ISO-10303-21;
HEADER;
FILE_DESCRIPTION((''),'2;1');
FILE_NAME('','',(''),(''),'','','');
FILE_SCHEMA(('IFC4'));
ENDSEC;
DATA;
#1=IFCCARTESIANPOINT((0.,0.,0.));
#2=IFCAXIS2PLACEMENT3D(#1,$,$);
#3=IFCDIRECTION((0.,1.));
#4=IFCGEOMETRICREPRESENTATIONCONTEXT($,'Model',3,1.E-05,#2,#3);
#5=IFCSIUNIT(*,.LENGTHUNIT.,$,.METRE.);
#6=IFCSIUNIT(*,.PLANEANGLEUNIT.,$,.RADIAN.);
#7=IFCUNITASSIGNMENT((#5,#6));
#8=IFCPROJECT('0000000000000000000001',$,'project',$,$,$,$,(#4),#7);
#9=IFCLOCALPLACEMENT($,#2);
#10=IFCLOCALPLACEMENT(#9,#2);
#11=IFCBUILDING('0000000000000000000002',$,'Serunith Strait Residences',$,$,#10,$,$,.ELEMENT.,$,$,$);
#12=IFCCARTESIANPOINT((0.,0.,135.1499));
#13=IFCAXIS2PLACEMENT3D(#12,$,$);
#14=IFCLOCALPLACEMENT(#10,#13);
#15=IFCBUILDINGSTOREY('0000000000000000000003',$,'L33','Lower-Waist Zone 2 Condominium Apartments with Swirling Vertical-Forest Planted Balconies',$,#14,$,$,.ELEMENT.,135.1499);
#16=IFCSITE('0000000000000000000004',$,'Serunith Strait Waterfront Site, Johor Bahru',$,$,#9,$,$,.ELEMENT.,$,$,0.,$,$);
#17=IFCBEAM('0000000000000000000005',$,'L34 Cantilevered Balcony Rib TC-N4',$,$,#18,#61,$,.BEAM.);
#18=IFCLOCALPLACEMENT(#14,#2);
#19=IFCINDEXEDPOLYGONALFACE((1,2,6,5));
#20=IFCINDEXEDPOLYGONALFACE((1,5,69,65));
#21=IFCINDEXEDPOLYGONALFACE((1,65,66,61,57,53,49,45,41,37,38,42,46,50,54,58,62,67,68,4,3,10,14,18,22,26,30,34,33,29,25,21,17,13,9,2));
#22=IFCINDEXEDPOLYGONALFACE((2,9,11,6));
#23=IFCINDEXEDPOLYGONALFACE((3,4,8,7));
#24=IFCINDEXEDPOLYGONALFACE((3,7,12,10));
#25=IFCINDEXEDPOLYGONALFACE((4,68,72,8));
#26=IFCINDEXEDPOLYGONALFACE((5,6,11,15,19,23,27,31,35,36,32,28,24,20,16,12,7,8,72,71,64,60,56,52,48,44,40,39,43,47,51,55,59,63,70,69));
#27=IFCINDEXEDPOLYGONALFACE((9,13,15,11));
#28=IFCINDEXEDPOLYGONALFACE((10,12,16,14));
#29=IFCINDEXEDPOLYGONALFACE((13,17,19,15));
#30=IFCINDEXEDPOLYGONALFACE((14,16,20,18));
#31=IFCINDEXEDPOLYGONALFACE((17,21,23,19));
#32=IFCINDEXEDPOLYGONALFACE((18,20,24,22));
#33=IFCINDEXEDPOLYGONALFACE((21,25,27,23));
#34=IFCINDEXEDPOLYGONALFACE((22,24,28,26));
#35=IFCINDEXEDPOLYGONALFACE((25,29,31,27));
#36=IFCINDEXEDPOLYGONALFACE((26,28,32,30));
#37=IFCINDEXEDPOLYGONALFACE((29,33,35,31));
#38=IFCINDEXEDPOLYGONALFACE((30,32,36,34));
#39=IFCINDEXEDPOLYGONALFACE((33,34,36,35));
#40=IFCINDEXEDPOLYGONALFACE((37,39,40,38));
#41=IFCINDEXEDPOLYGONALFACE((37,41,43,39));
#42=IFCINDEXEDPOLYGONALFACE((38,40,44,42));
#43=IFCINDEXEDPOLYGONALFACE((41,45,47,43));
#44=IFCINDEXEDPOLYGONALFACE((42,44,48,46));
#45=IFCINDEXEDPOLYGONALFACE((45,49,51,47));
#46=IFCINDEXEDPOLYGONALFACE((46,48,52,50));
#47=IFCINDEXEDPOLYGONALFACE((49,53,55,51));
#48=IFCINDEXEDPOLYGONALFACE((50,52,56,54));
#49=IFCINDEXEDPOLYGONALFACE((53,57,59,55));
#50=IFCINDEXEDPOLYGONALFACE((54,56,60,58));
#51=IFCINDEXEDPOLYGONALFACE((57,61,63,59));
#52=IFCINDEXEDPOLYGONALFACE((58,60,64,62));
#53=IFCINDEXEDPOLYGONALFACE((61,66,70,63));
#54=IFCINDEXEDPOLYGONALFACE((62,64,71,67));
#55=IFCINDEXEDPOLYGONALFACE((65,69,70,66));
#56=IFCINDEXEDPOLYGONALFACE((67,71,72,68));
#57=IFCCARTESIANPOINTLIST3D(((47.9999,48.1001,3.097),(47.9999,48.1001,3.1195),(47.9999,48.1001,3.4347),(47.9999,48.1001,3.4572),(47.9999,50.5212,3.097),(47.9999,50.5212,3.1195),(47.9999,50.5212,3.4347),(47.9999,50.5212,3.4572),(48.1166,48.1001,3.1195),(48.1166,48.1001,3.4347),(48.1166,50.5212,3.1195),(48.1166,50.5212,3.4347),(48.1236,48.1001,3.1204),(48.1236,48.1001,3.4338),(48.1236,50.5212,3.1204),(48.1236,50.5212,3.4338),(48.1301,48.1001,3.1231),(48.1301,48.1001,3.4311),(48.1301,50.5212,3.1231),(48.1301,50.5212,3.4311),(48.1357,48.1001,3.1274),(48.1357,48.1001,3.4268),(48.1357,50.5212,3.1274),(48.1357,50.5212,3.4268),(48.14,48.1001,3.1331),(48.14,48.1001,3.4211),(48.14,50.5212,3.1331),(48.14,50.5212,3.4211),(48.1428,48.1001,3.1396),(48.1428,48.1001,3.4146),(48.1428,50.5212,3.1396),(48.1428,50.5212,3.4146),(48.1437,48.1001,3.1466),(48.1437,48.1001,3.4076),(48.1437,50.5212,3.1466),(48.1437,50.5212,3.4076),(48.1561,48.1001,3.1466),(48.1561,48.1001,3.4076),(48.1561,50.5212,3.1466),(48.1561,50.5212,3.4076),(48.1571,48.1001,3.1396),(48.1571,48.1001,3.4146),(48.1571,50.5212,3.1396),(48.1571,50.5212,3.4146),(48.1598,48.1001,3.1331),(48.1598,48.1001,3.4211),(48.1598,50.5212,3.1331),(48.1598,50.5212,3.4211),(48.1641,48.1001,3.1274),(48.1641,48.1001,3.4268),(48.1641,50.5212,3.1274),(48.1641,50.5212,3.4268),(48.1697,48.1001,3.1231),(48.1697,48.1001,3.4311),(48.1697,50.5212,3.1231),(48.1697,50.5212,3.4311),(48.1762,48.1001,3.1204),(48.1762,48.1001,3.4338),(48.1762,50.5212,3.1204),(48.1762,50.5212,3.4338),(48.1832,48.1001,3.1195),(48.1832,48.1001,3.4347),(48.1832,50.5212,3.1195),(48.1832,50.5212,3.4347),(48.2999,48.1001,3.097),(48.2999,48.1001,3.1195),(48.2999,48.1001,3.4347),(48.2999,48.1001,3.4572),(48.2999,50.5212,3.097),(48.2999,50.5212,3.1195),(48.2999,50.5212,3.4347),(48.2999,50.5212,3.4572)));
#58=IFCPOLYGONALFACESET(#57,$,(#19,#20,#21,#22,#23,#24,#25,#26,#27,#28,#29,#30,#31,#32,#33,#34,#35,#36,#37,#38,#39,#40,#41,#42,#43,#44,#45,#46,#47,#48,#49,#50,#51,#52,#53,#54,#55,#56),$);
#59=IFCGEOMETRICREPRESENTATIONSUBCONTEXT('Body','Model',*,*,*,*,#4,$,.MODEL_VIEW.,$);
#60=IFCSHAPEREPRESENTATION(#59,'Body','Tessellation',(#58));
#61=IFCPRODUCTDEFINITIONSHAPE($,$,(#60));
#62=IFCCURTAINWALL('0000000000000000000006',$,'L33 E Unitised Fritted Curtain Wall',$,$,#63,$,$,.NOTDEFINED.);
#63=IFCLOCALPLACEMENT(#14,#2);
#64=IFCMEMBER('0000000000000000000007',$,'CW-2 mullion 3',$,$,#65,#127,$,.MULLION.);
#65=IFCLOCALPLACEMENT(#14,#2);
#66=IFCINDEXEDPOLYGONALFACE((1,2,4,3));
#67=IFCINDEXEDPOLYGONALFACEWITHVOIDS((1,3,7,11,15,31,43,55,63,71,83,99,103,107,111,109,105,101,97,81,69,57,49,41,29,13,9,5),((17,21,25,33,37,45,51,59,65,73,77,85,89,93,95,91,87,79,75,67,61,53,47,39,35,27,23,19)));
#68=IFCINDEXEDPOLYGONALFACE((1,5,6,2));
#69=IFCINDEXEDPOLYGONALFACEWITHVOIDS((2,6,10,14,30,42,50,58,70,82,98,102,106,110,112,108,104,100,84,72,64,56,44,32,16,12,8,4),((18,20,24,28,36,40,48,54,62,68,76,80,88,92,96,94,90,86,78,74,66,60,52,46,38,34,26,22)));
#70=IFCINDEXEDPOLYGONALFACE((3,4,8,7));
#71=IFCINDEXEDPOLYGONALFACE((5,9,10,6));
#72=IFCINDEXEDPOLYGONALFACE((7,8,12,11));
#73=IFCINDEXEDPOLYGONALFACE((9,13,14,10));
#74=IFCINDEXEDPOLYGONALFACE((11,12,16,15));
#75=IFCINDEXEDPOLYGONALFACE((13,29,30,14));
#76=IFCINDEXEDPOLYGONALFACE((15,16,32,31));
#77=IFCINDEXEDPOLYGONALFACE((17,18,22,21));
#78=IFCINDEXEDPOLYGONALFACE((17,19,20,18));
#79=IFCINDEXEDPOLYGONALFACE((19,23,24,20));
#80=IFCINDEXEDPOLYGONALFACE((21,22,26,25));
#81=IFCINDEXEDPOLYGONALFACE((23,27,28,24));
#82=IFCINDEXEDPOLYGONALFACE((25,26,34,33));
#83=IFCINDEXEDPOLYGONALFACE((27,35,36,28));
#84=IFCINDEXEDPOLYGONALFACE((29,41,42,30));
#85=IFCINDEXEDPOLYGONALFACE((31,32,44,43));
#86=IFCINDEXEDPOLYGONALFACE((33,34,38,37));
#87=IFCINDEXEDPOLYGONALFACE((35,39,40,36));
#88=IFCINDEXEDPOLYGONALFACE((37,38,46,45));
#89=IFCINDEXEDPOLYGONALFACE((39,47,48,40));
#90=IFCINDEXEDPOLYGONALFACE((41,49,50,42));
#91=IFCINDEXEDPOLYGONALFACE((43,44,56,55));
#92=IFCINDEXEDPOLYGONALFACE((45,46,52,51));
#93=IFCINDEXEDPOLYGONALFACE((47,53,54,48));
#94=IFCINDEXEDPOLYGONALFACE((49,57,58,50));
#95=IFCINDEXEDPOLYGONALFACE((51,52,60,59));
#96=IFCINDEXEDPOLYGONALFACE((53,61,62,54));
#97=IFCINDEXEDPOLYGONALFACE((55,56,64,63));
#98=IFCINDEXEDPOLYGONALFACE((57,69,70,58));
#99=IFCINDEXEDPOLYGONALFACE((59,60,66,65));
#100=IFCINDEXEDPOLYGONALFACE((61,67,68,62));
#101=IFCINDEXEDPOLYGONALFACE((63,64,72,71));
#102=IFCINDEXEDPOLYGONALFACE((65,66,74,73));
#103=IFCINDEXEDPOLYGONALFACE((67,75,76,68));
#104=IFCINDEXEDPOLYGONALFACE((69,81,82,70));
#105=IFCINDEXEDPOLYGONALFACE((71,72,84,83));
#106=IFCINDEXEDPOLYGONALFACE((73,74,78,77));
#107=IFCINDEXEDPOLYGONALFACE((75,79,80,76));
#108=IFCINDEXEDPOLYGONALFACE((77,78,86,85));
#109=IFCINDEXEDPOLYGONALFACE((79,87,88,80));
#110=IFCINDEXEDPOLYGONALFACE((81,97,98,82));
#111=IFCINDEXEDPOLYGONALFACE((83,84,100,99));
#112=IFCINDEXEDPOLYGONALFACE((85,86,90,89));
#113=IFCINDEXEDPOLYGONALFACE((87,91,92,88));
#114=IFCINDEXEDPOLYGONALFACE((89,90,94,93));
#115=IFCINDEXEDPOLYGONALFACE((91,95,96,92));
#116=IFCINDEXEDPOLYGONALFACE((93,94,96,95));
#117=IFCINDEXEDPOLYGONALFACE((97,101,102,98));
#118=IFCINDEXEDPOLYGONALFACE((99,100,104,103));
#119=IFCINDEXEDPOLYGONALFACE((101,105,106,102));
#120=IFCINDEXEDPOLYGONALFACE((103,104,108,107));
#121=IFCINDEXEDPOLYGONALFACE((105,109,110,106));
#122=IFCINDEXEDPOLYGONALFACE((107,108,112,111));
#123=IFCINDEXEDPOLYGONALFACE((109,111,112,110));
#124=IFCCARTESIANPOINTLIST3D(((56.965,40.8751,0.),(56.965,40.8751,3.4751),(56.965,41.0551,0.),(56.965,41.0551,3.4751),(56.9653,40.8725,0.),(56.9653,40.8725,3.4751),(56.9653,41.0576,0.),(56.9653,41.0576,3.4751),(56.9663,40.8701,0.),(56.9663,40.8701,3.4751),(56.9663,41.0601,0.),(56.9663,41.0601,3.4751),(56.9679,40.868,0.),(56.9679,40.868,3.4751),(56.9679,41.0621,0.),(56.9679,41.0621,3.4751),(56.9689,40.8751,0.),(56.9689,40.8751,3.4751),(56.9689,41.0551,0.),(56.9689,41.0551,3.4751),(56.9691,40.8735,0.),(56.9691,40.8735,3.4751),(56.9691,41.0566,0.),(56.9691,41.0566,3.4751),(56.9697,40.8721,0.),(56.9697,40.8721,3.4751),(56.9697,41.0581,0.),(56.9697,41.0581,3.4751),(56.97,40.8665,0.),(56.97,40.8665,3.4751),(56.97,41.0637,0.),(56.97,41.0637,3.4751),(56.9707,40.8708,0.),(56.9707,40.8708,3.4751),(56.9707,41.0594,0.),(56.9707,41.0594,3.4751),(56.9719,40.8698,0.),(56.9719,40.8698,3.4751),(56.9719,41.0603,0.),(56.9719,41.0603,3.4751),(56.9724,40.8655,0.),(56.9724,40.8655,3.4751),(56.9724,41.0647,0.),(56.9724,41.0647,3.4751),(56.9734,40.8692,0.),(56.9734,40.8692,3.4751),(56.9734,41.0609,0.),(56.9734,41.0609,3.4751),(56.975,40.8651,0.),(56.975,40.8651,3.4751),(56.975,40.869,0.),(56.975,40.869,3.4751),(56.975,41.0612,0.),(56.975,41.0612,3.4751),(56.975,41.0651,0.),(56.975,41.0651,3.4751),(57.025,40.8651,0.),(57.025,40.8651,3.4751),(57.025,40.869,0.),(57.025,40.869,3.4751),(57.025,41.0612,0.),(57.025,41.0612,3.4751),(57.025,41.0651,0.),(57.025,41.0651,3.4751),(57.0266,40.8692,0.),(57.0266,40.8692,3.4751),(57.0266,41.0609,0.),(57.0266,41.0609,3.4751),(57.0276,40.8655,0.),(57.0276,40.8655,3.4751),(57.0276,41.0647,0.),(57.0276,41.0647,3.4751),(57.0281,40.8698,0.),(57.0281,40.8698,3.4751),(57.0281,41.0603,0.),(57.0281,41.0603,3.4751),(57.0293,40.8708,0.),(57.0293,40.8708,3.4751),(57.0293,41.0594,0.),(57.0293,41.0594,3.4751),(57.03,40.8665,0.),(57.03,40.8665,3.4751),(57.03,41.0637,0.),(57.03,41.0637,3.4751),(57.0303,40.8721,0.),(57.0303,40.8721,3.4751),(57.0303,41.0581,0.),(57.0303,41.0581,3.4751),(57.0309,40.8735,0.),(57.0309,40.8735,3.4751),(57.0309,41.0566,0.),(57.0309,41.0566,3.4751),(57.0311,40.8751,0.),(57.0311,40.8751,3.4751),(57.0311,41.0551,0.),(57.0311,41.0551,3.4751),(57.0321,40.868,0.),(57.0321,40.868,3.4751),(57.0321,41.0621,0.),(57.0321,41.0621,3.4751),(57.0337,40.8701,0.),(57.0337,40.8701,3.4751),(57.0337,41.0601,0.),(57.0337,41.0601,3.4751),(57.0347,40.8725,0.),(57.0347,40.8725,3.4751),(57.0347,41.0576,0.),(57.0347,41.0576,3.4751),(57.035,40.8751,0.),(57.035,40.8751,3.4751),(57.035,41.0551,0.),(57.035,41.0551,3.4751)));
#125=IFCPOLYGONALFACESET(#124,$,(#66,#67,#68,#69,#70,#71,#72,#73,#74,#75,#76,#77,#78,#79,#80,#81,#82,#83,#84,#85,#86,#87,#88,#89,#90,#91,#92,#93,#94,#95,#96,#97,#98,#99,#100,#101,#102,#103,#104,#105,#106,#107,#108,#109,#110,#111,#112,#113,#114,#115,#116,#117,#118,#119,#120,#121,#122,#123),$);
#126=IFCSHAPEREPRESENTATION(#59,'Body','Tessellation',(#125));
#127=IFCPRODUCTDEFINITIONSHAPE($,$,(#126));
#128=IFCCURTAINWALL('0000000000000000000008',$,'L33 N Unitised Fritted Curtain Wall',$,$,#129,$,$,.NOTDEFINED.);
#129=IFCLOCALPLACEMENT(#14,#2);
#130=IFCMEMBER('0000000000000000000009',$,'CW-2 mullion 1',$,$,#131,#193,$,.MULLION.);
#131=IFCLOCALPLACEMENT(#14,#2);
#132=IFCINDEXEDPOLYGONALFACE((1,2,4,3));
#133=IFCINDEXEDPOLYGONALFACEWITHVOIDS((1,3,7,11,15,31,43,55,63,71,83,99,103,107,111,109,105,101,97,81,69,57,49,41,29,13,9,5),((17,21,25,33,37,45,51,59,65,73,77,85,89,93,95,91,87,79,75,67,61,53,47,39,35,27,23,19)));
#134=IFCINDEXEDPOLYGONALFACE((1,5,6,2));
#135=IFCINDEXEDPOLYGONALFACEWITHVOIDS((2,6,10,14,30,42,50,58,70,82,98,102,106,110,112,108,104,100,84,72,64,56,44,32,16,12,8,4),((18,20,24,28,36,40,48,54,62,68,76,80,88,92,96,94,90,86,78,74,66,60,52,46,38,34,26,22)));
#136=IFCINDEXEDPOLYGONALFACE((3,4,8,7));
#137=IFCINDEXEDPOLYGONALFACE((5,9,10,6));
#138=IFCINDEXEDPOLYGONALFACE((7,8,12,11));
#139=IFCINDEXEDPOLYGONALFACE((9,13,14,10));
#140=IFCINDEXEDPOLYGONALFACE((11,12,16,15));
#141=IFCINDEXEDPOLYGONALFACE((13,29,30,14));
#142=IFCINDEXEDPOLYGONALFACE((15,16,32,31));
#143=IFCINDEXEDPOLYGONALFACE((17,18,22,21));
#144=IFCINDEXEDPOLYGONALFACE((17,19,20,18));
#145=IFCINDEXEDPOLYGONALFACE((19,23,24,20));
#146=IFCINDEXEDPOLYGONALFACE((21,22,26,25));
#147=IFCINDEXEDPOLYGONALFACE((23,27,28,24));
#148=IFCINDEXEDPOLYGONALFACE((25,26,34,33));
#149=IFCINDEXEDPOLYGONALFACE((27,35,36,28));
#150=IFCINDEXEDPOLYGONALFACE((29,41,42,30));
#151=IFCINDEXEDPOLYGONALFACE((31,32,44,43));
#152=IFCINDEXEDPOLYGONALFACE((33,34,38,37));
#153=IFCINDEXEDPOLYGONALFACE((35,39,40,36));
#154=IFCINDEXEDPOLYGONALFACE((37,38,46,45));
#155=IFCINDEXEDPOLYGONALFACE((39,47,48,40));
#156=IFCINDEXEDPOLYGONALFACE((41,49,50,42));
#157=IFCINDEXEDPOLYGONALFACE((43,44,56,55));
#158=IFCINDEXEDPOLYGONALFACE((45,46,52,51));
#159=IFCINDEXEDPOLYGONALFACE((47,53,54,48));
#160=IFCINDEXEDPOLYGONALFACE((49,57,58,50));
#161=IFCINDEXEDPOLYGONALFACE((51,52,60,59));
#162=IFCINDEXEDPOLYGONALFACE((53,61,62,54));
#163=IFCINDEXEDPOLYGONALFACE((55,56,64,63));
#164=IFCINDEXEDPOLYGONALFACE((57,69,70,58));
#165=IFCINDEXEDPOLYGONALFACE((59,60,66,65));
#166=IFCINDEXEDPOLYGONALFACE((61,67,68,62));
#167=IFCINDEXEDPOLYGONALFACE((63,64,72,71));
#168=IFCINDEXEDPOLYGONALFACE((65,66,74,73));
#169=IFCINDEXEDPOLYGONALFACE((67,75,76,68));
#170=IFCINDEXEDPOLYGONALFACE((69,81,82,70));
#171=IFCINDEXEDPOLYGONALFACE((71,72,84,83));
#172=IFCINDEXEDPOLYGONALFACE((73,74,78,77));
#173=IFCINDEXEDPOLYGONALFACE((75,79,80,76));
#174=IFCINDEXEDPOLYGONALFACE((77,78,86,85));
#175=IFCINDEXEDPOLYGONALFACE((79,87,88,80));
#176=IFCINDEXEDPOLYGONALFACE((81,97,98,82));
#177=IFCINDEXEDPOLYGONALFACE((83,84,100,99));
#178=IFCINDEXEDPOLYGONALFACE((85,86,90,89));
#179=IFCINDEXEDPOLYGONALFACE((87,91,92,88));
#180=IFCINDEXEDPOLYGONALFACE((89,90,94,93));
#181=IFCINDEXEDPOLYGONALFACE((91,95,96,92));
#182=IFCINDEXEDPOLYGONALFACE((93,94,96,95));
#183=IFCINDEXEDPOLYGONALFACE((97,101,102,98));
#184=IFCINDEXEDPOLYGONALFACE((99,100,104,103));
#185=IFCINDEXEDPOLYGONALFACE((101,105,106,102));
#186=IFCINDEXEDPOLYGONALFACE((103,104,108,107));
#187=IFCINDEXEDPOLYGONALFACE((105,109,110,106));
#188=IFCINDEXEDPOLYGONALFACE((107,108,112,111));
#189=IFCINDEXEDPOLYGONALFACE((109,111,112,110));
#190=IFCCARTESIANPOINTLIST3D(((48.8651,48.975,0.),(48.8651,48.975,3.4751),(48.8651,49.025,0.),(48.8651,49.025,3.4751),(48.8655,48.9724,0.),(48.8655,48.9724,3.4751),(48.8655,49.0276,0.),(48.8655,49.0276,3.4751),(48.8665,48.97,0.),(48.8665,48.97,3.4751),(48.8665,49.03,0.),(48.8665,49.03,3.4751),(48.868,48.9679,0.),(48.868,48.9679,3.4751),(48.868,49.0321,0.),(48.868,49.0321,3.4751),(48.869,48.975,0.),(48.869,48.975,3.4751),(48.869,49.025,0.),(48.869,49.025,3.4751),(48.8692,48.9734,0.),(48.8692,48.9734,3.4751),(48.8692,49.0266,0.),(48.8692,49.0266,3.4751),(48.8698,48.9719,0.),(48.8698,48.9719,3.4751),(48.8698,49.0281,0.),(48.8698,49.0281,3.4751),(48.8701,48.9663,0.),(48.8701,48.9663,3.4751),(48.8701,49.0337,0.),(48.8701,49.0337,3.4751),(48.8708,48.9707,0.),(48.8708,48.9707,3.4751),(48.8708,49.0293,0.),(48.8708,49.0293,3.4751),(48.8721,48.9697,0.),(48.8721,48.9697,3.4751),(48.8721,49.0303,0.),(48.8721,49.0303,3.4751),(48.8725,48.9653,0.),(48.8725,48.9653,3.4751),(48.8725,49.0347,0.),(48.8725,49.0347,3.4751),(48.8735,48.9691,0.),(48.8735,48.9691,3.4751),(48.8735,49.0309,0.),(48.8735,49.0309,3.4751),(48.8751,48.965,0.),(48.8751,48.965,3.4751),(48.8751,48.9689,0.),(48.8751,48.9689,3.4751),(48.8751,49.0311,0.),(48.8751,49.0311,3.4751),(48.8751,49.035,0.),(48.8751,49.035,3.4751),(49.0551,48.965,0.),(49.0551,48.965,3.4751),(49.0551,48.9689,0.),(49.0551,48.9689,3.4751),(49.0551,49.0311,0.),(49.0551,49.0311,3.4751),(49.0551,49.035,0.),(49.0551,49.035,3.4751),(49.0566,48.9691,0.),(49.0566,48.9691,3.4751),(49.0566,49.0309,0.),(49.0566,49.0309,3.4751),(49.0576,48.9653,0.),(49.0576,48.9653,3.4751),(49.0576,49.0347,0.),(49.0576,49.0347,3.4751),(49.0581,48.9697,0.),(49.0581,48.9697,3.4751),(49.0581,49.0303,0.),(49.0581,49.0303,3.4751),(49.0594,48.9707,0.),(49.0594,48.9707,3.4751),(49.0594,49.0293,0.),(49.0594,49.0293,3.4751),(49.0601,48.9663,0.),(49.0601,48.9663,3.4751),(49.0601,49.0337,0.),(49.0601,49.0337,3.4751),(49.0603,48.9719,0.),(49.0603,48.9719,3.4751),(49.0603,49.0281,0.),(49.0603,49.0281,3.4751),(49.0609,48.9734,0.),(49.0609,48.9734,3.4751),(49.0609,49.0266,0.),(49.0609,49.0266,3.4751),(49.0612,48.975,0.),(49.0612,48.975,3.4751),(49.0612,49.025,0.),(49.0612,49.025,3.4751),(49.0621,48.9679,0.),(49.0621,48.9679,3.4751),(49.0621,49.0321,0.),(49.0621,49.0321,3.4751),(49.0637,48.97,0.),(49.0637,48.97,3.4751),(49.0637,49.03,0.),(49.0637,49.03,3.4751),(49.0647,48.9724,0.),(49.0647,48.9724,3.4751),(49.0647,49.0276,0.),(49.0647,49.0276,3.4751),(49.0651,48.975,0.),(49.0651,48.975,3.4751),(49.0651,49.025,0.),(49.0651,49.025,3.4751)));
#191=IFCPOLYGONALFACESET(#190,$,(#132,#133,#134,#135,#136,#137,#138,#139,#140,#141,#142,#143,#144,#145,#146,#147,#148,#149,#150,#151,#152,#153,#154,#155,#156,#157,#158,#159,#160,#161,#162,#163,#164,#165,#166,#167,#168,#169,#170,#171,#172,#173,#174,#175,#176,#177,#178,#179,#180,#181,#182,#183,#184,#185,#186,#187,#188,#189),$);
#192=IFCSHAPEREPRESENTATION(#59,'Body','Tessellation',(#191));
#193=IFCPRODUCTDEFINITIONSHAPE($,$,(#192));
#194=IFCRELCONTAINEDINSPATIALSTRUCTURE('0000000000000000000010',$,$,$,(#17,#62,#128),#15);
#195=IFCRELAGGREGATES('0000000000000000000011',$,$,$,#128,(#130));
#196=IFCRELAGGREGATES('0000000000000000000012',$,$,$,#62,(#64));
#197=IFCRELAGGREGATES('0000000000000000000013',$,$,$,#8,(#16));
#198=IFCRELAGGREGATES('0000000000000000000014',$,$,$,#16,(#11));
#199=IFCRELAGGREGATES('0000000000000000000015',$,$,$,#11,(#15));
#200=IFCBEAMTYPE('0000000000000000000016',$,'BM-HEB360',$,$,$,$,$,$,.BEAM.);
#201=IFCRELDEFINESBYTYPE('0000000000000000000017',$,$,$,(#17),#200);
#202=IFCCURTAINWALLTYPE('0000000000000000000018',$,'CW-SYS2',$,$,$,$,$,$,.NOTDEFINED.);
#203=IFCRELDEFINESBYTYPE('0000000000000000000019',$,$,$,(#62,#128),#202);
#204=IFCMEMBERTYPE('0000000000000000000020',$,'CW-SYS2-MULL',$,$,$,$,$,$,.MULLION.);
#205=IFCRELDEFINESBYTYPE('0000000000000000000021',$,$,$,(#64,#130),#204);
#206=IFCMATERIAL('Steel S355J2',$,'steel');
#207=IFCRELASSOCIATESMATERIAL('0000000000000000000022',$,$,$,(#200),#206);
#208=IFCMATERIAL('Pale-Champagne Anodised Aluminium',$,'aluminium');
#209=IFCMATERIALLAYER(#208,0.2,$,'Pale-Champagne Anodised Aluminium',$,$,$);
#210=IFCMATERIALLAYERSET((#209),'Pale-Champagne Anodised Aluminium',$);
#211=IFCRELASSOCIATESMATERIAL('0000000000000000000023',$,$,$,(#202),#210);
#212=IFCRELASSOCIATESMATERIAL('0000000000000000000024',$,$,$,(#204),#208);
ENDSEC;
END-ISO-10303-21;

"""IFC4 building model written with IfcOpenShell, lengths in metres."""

from ifc_helpers import new_model, si_unit, direction, frame, origin, origin_2d, place, context, subcontext, project, spatial, hollow_rectangle, i_section, extrude, source, transform, mapped, material, layer, layer_set, material_profile, profile_set, type_object, element, aggregate, save


model = new_model("IFC4")

# Units and contexts
model_context = context("Model", 3, precision=1e-05, world=origin(), true_north=direction((0.0, 1.0)))
body_context = subcontext(model_context, "Body", "Model", "MODEL_VIEW")
ifc_project = project(units=[si_unit("LENGTHUNIT", "METRE"), si_unit("PLANEANGLEUNIT", "RADIAN")], contexts=[model_context])

# Site, building, storey
site_placement = place(None, origin())
site = spatial("IfcSite", under=ifc_project, at=site_placement, Name="Serunith Strait Waterfront Site, Johor Bahru", CompositionType="ELEMENT", RefElevation=0.0)
building_placement = place(site_placement, origin())
building = spatial("IfcBuilding", under=site, at=building_placement, Name="Serunith Strait Residences", CompositionType="ELEMENT")
storey_placement = place(building_placement, frame((0.0, 0.0, 135.1499)))
storey = spatial("IfcBuildingStorey", under=building, at=storey_placement, Name="L33", Description="Lower-Waist Zone 2 Condominium Apartments with Swirling Vertical-Forest Planted Balconies", CompositionType="ELEMENT", Elevation=135.1499)

# Beam
ifc_material_1 = material(Name="Steel S355J2", Category="steel")
ifc_material_profile_1 = material_profile(ifc_material_1, i_section(OverallWidth=0.3, OverallDepth=0.3601, WebThickness=0.0125, FlangeThickness=0.0225, FilletRadius=0.0271, at=origin_2d()), Name="HEB 360")
ifc_profile_set_1 = profile_set([ifc_material_profile_1], Name="Steel S355J2")
beam_type_1 = type_object("IfcBeamType", Name="BM-HEB360", PredefinedType="BEAM", material=ifc_profile_set_1)
shared_shape_1 = source(origin(), body_context, "Body", "SweptSolid", [
    extrude(i_section(OverallWidth=0.3, OverallDepth=0.3601, WebThickness=0.0125, FlangeThickness=0.0225, FilletRadius=0.0271, at=origin_2d()), origin(), (0.0, 0.0, 1.0), 2.4211),
])
beam_1_placement = place(storey_placement, frame((48.1499, 48.1001, 3.2771), z_axis=(0.0, 1.0, 0.0), x_axis=(-1.0, 0.0, 0.0)))
element("IfcBeam", 1, at=beam_1_placement, inside=storey, type_object=beam_type_1, Name="L34 Cantilevered Balcony Rib TC-N4", PredefinedType="BEAM", context=body_context, shape_type="MappedRepresentation", body=[
    mapped(shared_shape_1, transform((0.0, 0.0, 0.0), scale=1.0)),
])

# Curtain wall, member
ifc_material_2 = material(Name="Pale-Champagne Anodised Aluminium", Category="aluminium")
ifc_layer_1 = layer(ifc_material_2, 0.2, Name="Pale-Champagne Anodised Aluminium")
ifc_layer_set_1 = layer_set([ifc_layer_1], Name="Pale-Champagne Anodised Aluminium")
curtain_wall_type = type_object("IfcCurtainWallType", Name="CW-SYS2", PredefinedType="NOTDEFINED", material=ifc_layer_set_1)
curtain_wall_1_placement = place(storey_placement, origin())
curtain_wall_1 = element("IfcCurtainWall", 2, at=curtain_wall_1_placement, inside=storey, type_object=curtain_wall_type, Name="L33 E Unitised Fritted Curtain Wall", PredefinedType="NOTDEFINED")
ifc_material_profile_2 = material_profile(ifc_material_2, hollow_rectangle(XDim=0.0701, YDim=0.2, WallThickness=0.0039, InnerFilletRadius=0.0061, OuterFilletRadius=0.01, at=origin_2d()), Name="ALU 200x70x4")
ifc_profile_set_2 = profile_set([ifc_material_profile_2], Name="Pale-Champagne Anodised Aluminium")
member_type_1 = type_object("IfcMemberType", Name="CW-SYS2-MULL", PredefinedType="MULLION", material=ifc_profile_set_2)
shared_shape_2 = source(origin(), body_context, "Body", "SweptSolid", [
    extrude(hollow_rectangle(XDim=0.0701, YDim=0.2, WallThickness=0.0039, InnerFilletRadius=0.0061, OuterFilletRadius=0.01, at=origin_2d()), origin(), (0.0, 0.0, 1.0), 3.4751),
])
member_1_placement = place(storey_placement, frame((57.0, 40.9651, 0.0), z_axis=(0.0, 0.0, 1.0), x_axis=(-1.0, 0.0, 0.0)))
member_1 = element("IfcMember", 3, at=member_1_placement, type_object=member_type_1, Name="CW-2 mullion 3", PredefinedType="MULLION", context=body_context, shape_type="MappedRepresentation", body=[
    mapped(shared_shape_2, transform((0.0, 0.0, 0.0), scale=1.0)),
])

# Curtain wall, member
curtain_wall_2_placement = place(storey_placement, origin())
curtain_wall_2 = element("IfcCurtainWall", 4, at=curtain_wall_2_placement, inside=storey, type_object=curtain_wall_type, Name="L33 N Unitised Fritted Curtain Wall", PredefinedType="NOTDEFINED")
member_2_placement = place(storey_placement, frame((48.9651, 49.0, 0.0), z_axis=(0.0, 0.0, 1.0), x_axis=(0.0, -1.0, 0.0)))
member_2 = element("IfcMember", 5, at=member_2_placement, type_object=member_type_1, Name="CW-2 mullion 1", PredefinedType="MULLION", context=body_context, shape_type="MappedRepresentation", body=[
    mapped(shared_shape_2, transform((0.0, 0.0, 0.0), scale=1.0)),
])
aggregate(curtain_wall_2, [member_2])

aggregate(curtain_wall_1, [member_1])

save(model, "model.ifc")
